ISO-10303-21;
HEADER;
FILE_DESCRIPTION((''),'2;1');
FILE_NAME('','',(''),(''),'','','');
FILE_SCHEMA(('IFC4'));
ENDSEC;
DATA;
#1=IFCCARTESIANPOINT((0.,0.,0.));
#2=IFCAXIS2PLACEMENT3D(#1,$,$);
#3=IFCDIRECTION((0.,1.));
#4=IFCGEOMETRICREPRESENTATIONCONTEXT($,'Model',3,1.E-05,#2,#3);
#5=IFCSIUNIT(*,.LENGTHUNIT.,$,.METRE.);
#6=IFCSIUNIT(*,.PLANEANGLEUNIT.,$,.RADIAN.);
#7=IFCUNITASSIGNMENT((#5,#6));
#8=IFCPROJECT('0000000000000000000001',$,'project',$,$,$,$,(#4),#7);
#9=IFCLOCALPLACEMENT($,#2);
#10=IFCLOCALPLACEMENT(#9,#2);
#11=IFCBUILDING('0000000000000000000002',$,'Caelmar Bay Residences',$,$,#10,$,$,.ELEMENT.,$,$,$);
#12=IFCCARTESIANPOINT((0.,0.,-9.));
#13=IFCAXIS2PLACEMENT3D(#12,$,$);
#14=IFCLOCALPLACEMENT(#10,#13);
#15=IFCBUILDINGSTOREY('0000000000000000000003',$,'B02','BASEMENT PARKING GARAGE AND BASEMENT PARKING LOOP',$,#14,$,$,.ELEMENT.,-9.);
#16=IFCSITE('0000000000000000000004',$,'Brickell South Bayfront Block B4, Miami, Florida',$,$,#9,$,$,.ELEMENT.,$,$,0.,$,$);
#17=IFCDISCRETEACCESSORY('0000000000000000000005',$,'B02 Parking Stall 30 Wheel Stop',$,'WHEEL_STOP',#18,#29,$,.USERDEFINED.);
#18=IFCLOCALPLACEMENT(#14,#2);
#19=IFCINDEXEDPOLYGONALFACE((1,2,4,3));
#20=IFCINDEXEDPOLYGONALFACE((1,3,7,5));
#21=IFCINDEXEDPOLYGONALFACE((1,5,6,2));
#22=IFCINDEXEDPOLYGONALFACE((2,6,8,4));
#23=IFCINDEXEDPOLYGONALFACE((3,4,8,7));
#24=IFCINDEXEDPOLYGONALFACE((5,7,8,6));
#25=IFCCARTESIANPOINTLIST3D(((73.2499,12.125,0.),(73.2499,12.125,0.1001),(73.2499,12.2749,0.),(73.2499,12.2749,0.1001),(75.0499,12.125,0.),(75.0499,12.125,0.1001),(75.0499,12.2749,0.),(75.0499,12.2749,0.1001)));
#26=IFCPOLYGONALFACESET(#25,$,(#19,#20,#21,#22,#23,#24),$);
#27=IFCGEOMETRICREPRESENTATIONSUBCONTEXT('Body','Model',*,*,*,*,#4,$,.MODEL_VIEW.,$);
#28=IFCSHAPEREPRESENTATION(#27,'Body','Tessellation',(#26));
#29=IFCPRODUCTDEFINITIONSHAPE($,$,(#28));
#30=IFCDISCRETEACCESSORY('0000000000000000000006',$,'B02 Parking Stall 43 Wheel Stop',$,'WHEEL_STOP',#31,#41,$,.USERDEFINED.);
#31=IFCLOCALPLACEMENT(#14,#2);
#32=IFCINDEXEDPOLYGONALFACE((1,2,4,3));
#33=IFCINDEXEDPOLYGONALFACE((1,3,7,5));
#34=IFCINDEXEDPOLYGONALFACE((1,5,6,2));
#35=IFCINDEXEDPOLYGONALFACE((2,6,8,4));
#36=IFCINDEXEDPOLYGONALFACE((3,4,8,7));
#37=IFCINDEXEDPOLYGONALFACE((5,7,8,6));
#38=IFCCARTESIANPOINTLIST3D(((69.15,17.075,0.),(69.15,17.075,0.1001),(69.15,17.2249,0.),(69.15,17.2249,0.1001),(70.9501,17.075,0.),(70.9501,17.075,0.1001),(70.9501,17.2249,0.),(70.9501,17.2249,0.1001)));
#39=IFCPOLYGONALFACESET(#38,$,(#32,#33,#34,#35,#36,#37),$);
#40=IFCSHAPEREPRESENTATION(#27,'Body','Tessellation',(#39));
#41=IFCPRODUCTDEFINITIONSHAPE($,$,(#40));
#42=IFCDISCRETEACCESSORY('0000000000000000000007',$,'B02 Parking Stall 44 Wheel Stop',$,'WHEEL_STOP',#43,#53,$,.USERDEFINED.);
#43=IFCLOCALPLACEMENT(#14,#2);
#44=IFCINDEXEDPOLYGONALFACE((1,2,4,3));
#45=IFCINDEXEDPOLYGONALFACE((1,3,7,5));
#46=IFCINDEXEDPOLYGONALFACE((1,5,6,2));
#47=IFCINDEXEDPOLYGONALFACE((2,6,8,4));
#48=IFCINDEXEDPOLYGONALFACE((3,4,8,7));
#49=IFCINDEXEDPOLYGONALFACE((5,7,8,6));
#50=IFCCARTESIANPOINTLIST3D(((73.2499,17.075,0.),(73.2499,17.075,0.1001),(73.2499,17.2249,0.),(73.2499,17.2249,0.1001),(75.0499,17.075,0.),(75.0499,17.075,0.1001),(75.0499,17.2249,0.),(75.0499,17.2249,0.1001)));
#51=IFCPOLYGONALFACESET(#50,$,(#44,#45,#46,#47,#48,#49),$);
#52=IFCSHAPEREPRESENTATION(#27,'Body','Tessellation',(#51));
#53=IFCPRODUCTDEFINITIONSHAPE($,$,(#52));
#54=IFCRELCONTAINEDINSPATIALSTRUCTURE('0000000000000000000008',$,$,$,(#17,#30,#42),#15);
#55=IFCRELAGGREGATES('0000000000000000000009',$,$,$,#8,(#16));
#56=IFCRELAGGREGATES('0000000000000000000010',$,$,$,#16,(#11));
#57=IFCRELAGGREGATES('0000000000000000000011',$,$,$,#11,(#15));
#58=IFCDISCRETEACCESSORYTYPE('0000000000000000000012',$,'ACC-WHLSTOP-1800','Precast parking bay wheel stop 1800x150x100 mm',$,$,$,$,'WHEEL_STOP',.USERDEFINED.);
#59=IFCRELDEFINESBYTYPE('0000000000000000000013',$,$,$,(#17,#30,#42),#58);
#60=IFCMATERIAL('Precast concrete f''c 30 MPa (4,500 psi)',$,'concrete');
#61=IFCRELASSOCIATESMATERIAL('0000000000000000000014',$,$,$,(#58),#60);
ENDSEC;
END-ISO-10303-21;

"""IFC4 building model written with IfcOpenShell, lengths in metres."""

from ifc_helpers import new_model, si_unit, direction, frame, origin, origin_2d, place, context, subcontext, project, spatial, rectangle, extrude, material, type_object, element, save


model = new_model("IFC4")

# Units and contexts
model_context = context("Model", 3, precision=1e-05, world=origin(), true_north=direction((0.0, 1.0)))
body_context = subcontext(model_context, "Body", "Model", "MODEL_VIEW")
ifc_project = project(units=[si_unit("LENGTHUNIT", "METRE"), si_unit("PLANEANGLEUNIT", "RADIAN")], contexts=[model_context])

# Site, building, storey
site_placement = place(None, origin())
site = spatial("IfcSite", under=ifc_project, at=site_placement, Name="Brickell South Bayfront Block B4, Miami, Florida", CompositionType="ELEMENT", RefElevation=0.0)
building_placement = place(site_placement, origin())
building = spatial("IfcBuilding", under=site, at=building_placement, Name="Caelmar Bay Residences", CompositionType="ELEMENT")
storey_placement = place(building_placement, frame((0.0, 0.0, -9.0)))
storey = spatial("IfcBuildingStorey", under=building, at=storey_placement, Name="B02", Description="BASEMENT PARKING GARAGE AND BASEMENT PARKING LOOP", CompositionType="ELEMENT", Elevation=-9.0)

# Discrete accessories
ifc_material_1 = material(Name="Precast concrete f'c 30 MPa (4,500 psi)", Category="concrete")
discrete_accessory_type = type_object("IfcDiscreteAccessoryType", Name="ACC-WHLSTOP-1800", Description="Precast parking bay wheel stop 1800x150x100 mm", ElementType="WHEEL_STOP", PredefinedType="USERDEFINED", material=ifc_material_1)
for number, where, z_axis, x_axis, name in (
    (1, (74.1499, 12.2, 0.0), (0.0, 0.0, 1.0), (1.0, 0.0, 0.0), "B02 Parking Stall 30 Wheel Stop"),
    (2, (70.05, 17.1499, 0.0), (0.0, 0.0, 1.0), (1.0, 0.0, 0.0), "B02 Parking Stall 43 Wheel Stop"),
    (3, (74.1499, 17.1499, 0.0), (0.0, 0.0, 1.0), (1.0, 0.0, 0.0), "B02 Parking Stall 44 Wheel Stop"),
):
    element("IfcDiscreteAccessory", number, at=place(storey_placement, frame(where, z_axis=z_axis, x_axis=x_axis)), inside=storey, type_object=discrete_accessory_type, Name=name, ObjectType="WHEEL_STOP", PredefinedType="USERDEFINED", context=body_context, shape_type="SweptSolid", body=[
        extrude(rectangle(XDim=1.8, YDim=0.1499, at=origin_2d()), origin(), (0.0, 0.0, 1.0), 0.1001),
    ])

save(model, "model.ifc")
